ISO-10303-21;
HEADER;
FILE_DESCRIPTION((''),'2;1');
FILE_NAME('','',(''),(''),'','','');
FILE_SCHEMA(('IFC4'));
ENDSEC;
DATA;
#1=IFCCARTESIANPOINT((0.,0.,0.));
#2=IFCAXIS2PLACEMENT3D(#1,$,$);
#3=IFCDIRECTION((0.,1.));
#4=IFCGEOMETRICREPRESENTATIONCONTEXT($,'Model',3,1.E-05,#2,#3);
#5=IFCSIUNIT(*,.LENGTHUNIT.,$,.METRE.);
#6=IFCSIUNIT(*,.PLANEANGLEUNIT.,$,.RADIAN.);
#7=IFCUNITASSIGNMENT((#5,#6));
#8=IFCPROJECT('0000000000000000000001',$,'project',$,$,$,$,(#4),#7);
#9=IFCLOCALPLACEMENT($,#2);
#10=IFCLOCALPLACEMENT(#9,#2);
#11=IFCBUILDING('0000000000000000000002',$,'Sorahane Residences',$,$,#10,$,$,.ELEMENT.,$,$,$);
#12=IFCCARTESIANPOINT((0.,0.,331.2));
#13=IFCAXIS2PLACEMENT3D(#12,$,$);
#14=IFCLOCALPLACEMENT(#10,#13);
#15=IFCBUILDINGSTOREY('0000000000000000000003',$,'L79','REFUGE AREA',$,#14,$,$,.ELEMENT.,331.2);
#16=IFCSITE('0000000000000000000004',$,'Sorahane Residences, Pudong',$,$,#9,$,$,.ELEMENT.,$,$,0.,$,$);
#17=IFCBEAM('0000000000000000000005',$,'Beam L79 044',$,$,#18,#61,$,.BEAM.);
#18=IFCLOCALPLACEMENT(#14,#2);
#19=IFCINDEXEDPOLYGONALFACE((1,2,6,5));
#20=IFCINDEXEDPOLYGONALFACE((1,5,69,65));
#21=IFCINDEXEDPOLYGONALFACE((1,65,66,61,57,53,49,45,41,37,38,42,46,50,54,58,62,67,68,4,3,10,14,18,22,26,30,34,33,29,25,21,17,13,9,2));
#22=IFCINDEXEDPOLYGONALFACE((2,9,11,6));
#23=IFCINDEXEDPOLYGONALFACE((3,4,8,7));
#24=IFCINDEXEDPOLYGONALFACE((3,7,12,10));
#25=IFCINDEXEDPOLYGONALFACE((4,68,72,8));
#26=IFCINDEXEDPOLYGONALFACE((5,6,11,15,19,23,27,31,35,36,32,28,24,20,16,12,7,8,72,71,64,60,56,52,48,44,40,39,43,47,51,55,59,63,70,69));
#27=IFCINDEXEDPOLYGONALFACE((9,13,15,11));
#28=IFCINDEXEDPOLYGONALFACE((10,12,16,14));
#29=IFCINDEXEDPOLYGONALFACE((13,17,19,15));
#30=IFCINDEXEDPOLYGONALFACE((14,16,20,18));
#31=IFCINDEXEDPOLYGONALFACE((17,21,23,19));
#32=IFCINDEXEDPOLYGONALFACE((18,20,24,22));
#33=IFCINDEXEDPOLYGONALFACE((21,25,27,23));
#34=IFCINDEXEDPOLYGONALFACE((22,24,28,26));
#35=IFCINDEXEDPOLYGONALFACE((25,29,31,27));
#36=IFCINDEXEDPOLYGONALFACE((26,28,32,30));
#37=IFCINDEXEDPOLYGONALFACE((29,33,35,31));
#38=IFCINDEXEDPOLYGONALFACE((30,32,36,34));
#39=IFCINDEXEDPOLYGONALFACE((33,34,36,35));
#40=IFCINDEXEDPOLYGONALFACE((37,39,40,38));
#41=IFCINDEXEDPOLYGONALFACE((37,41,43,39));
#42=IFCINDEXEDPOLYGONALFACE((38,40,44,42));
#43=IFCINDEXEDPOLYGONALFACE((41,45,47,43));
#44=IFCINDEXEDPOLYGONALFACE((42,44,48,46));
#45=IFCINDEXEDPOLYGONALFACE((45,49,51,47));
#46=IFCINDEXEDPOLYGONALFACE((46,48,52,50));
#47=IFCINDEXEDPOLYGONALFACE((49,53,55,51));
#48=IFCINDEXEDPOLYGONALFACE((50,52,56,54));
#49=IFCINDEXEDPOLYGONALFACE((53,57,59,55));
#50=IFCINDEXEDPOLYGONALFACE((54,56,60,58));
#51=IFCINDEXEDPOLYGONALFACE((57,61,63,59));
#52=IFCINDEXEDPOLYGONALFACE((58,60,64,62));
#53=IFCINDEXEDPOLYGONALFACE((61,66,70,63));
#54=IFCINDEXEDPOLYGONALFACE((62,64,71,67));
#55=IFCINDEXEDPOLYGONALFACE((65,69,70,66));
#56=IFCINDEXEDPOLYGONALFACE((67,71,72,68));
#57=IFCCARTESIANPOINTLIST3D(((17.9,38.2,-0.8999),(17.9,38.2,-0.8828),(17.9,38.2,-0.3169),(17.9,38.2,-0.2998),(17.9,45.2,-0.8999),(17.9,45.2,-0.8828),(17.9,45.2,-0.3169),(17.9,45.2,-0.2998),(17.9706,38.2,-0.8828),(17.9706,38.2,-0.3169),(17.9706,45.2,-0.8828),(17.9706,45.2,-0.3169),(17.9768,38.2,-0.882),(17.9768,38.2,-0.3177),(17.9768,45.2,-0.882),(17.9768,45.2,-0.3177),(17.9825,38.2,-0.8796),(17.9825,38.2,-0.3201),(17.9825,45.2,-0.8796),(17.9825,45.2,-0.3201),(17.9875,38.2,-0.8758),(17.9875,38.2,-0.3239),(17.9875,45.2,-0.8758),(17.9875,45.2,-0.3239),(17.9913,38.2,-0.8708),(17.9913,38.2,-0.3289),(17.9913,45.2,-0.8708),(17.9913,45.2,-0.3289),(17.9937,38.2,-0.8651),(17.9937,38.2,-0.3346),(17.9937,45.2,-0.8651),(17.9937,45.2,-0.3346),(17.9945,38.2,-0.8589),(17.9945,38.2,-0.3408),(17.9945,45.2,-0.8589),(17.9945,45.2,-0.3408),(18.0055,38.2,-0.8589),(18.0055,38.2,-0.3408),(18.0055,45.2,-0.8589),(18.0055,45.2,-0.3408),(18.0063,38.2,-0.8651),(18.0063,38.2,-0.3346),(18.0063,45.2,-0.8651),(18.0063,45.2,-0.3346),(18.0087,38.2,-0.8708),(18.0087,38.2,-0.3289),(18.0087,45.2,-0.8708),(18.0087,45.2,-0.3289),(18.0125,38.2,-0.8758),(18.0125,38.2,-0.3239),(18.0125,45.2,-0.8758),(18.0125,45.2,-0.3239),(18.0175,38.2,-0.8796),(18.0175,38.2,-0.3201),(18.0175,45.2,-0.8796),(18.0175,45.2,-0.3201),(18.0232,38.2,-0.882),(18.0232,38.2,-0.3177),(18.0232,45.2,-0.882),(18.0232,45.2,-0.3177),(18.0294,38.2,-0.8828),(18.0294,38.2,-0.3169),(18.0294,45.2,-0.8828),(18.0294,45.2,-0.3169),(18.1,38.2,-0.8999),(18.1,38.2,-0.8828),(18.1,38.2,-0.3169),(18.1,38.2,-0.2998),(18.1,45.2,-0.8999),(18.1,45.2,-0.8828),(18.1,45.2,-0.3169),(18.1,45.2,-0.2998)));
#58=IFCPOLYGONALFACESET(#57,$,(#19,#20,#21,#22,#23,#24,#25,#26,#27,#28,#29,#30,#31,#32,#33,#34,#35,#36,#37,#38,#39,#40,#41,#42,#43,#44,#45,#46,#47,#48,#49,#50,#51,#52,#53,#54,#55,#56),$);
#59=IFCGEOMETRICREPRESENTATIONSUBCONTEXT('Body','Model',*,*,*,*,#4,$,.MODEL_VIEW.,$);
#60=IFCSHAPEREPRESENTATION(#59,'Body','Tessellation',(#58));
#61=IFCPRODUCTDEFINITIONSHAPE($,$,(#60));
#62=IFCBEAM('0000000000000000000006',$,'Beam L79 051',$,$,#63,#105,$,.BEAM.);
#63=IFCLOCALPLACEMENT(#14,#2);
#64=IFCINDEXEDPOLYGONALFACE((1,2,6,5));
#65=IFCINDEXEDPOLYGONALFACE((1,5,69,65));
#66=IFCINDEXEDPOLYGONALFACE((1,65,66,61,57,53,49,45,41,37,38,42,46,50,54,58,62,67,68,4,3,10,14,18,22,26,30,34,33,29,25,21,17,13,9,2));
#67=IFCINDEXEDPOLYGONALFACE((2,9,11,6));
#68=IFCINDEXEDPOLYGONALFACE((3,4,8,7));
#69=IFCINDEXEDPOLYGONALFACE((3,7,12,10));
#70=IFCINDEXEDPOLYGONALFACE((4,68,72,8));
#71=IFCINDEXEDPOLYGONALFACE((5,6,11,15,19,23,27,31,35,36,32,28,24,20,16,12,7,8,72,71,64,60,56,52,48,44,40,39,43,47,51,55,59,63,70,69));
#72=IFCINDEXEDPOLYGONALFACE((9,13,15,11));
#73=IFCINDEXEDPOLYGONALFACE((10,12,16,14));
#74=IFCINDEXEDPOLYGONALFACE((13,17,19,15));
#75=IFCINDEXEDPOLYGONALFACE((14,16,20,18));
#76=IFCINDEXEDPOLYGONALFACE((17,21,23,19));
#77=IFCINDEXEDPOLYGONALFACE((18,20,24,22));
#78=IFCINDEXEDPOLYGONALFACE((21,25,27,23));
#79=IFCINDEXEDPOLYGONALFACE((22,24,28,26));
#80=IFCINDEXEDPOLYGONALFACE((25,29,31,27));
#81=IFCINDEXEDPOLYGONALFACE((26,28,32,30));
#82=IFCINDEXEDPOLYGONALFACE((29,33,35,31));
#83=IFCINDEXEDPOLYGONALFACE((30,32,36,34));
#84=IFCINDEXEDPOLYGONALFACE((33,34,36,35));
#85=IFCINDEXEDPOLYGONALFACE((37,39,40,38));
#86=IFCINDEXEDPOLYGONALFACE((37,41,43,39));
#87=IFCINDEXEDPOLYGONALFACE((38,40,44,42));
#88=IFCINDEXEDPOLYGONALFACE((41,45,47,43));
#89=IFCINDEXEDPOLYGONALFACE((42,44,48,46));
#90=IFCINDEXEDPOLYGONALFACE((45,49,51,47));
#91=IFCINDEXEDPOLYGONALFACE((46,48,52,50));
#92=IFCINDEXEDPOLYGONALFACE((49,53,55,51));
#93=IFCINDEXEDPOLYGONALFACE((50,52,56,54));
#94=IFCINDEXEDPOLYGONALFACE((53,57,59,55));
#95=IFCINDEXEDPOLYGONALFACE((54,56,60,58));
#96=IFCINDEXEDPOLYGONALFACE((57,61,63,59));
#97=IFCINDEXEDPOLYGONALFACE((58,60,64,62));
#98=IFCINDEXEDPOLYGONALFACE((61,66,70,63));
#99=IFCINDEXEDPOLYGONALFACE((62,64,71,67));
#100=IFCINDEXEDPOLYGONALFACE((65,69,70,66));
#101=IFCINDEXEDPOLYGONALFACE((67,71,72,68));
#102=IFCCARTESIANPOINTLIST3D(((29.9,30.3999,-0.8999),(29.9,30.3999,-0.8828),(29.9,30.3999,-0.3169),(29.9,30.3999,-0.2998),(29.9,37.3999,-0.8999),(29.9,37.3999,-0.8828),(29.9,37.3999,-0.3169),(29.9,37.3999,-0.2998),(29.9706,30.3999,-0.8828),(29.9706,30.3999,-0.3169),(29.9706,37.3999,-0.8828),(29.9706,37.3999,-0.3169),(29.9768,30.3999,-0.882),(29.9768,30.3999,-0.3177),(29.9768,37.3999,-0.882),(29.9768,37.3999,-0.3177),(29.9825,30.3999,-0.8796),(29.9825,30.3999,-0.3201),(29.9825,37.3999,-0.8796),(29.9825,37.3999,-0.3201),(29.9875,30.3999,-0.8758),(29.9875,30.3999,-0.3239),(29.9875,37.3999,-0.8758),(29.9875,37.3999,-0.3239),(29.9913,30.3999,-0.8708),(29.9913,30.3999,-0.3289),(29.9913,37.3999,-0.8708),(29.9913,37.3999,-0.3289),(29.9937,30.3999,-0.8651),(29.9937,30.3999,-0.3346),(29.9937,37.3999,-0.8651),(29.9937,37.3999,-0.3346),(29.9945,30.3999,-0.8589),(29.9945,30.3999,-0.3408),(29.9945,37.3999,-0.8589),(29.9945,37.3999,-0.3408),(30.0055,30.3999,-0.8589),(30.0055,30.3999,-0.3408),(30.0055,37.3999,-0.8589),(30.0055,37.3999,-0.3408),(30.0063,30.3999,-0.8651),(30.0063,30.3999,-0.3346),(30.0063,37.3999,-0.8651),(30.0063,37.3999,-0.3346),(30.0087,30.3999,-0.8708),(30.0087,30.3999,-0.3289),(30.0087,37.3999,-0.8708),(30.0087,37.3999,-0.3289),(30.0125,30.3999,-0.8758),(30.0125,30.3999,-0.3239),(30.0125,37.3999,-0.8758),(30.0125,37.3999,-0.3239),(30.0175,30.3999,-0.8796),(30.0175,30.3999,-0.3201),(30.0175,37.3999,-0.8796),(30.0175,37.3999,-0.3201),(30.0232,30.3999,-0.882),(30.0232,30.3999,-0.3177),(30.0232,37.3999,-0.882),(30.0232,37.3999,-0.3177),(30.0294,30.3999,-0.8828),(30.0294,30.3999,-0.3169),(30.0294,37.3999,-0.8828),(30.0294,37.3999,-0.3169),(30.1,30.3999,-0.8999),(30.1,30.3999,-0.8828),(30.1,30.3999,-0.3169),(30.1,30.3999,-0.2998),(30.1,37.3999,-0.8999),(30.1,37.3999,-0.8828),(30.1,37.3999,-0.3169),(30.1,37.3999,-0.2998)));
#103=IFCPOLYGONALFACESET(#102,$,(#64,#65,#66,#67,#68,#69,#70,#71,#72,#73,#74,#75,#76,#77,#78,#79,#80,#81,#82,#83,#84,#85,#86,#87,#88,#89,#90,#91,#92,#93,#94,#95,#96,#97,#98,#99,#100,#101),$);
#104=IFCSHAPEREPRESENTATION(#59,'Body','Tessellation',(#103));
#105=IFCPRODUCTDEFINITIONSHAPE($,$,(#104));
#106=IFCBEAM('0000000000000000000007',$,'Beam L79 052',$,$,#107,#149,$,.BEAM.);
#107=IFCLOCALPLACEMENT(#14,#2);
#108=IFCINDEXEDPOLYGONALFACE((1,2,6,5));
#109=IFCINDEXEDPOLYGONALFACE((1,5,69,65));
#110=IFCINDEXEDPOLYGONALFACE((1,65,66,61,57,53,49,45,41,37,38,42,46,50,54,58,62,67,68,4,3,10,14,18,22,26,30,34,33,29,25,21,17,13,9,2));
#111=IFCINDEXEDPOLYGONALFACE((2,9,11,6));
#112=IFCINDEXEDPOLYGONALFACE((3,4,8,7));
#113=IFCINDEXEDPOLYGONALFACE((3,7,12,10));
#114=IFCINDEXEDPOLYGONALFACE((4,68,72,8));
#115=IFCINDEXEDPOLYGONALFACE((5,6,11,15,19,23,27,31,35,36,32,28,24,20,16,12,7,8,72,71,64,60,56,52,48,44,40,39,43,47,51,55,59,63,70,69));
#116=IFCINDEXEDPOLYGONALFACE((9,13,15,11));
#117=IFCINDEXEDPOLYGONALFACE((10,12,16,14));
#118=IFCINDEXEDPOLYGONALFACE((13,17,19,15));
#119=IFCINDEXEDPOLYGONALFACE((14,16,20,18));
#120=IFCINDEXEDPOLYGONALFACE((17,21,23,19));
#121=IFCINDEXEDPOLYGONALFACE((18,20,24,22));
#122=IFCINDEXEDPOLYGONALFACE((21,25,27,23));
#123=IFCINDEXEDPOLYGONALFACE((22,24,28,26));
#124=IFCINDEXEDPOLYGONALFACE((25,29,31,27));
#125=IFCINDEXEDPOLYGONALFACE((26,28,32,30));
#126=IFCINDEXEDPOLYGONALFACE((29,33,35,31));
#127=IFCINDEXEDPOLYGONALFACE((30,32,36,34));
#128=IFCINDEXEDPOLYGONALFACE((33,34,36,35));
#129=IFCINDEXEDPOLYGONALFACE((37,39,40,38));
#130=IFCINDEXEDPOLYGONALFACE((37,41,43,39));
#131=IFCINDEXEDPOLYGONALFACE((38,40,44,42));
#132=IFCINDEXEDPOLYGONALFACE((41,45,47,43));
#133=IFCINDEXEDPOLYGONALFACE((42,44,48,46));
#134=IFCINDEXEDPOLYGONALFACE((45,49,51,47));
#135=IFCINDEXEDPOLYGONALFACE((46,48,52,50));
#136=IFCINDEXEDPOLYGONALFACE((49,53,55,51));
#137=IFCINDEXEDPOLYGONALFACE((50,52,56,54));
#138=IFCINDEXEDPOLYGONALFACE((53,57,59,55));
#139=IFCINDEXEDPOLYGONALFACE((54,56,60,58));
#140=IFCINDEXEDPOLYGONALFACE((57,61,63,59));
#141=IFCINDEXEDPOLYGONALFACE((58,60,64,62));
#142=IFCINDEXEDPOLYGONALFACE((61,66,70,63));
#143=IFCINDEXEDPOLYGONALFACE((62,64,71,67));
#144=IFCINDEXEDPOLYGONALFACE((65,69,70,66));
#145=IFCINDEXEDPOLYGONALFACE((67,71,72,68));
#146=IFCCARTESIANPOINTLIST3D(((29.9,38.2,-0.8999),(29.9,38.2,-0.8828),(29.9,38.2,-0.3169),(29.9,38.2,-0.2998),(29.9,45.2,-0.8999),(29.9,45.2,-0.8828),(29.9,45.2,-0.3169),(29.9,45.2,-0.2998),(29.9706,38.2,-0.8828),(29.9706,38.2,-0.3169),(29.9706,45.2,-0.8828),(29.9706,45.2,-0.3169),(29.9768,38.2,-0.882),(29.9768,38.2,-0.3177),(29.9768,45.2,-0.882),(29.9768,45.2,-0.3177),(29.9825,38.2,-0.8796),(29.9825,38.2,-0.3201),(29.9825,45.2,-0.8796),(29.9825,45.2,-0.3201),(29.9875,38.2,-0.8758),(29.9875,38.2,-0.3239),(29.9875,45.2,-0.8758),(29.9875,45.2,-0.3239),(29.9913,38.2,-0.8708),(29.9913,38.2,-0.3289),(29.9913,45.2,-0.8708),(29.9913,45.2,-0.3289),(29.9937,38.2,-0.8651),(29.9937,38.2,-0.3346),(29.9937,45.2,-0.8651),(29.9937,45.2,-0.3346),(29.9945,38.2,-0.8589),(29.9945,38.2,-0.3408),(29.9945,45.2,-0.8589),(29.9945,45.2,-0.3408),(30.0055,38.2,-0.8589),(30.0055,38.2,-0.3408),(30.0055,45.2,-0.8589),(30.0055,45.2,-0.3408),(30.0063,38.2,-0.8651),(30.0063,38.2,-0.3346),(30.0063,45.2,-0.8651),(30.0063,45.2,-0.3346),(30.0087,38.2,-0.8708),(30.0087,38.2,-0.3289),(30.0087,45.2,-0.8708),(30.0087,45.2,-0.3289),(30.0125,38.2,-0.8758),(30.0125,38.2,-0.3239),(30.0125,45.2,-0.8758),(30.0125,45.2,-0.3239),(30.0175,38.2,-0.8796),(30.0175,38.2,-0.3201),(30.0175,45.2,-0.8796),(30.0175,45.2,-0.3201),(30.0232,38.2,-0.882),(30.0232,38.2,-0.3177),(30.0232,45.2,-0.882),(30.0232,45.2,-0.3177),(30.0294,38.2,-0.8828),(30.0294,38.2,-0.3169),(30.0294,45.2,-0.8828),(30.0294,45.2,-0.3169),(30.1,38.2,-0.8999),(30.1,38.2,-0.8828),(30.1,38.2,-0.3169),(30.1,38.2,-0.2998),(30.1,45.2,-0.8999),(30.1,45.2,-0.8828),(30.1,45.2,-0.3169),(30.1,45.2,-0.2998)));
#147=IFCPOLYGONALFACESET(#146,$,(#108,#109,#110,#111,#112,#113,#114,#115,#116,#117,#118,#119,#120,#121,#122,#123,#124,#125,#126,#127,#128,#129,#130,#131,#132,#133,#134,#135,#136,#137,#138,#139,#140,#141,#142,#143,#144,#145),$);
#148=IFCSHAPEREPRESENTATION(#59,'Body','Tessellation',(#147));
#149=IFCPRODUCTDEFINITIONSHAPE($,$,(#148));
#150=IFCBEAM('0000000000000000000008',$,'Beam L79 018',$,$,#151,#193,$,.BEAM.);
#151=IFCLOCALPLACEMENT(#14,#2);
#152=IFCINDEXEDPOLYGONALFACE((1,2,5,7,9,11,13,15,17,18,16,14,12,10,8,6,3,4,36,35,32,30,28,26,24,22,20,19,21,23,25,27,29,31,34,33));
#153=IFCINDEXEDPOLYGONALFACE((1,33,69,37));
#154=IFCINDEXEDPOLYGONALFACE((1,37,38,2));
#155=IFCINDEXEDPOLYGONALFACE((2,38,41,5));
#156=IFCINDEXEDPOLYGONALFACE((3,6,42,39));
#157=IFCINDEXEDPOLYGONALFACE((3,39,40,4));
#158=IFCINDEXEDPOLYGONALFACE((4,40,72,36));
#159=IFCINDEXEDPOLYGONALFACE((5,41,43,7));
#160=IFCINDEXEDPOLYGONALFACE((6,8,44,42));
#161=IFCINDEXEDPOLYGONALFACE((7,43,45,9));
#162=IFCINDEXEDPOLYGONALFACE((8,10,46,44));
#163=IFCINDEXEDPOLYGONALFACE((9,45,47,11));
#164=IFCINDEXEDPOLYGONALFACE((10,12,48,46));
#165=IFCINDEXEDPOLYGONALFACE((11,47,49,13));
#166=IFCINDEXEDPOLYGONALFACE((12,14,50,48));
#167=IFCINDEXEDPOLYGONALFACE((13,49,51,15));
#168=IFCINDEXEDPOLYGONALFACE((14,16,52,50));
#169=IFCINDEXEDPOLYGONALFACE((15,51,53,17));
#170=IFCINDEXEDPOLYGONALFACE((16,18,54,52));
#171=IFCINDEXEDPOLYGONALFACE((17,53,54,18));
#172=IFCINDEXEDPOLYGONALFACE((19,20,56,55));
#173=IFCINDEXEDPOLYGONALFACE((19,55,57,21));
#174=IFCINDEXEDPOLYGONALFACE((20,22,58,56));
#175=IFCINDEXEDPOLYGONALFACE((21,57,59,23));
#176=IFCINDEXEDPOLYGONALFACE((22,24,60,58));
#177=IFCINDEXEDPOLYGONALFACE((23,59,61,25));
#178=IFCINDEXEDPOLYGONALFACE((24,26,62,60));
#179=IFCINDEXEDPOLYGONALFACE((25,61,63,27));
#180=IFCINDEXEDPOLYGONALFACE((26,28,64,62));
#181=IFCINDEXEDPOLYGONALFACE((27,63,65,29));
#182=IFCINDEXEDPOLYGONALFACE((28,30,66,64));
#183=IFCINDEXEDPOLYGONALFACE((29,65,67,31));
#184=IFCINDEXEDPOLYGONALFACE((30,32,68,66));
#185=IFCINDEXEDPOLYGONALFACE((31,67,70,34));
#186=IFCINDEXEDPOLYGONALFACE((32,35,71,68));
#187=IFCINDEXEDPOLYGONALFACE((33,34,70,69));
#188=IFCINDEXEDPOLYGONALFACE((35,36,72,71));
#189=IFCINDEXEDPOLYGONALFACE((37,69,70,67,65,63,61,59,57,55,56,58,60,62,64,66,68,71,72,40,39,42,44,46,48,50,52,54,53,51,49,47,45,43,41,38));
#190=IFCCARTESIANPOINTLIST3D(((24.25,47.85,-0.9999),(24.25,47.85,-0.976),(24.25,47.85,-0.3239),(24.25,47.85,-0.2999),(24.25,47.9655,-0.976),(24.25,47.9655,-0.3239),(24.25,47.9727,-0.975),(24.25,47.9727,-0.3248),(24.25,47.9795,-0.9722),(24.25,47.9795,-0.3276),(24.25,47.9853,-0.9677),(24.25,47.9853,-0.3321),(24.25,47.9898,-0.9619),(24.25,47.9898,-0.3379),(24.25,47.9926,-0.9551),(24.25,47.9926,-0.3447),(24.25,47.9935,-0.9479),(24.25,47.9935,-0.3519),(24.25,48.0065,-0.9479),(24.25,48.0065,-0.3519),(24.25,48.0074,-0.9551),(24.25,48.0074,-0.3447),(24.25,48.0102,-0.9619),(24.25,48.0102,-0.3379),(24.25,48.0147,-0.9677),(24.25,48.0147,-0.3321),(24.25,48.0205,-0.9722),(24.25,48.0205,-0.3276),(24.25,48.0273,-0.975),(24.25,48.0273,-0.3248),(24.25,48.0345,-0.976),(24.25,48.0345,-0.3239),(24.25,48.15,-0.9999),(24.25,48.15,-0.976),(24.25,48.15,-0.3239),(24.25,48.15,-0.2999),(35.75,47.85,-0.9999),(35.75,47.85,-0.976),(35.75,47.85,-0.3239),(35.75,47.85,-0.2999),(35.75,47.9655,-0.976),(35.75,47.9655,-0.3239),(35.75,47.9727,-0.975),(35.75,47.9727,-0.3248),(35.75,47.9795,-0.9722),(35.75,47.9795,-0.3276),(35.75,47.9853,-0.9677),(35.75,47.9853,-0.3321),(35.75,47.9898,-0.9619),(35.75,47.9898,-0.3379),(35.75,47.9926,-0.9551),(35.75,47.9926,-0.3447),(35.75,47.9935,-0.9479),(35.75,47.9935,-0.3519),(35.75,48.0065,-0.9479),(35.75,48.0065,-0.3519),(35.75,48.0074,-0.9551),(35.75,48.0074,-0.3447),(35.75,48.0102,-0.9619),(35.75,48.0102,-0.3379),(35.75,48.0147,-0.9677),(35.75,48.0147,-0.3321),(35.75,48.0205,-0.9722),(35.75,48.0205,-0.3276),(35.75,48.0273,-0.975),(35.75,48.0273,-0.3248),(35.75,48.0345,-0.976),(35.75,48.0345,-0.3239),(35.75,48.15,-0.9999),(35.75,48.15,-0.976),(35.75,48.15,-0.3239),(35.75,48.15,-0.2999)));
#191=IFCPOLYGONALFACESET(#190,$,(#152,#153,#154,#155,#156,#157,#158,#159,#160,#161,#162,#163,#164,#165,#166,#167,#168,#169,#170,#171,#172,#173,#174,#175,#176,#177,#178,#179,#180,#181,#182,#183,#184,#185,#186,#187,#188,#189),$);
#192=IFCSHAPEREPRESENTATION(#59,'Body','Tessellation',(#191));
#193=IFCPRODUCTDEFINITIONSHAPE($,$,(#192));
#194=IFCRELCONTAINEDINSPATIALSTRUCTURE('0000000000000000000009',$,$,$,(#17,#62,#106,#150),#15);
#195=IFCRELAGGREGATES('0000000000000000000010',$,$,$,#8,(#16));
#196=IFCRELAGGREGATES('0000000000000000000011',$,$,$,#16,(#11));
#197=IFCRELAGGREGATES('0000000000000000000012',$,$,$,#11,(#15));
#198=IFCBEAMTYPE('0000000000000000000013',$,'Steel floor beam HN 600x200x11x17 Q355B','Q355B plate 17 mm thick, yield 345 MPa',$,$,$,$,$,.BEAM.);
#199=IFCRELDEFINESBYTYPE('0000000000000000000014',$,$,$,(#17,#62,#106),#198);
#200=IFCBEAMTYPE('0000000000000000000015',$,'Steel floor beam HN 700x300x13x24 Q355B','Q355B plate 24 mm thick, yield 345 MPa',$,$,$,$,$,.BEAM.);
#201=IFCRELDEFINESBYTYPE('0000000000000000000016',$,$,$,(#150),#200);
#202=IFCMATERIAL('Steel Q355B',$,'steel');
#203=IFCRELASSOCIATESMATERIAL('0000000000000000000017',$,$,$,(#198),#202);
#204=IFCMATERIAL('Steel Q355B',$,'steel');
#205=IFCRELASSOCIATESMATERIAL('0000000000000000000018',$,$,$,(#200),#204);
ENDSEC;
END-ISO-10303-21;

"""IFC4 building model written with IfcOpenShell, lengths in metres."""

from ifc_helpers import new_model, si_unit, direction, frame, origin, origin_2d, place, context, subcontext, project, spatial, i_section, extrude, material, material_profile, profile_set, type_object, element, save


model = new_model("IFC4")

# Units and contexts
model_context = context("Model", 3, precision=1e-05, world=origin(), true_north=direction((0.0, 1.0)))
body_context = subcontext(model_context, "Body", "Model", "MODEL_VIEW")
ifc_project = project(units=[si_unit("LENGTHUNIT", "METRE"), si_unit("PLANEANGLEUNIT", "RADIAN")], contexts=[model_context])

# Site, building, storey
site_placement = place(None, origin())
site = spatial("IfcSite", under=ifc_project, at=site_placement, Name="Sorahane Residences, Pudong", CompositionType="ELEMENT", RefElevation=0.0)
building_placement = place(site_placement, origin())
building = spatial("IfcBuilding", under=site, at=building_placement, Name="Sorahane Residences", CompositionType="ELEMENT")
storey_placement = place(building_placement, frame((0.0, 0.0, 331.2)))
storey = spatial("IfcBuildingStorey", under=building, at=storey_placement, Name="L79", Description="REFUGE AREA", CompositionType="ELEMENT", Elevation=331.2)

# Beams
ifc_material_1 = material(Name="Steel Q355B", Category="steel")
ifc_material_profile_1 = material_profile(ifc_material_1, i_section(OverallWidth=0.2, OverallDepth=0.6001, WebThickness=0.011, FlangeThickness=0.0171, FilletRadius=0.0239, at=origin_2d()), Name="HN 600x200x11x17")
ifc_profile_set_1 = profile_set([ifc_material_profile_1], Name="Steel Q355B")
beam_type_1 = type_object("IfcBeamType", Name="Steel floor beam HN 600x200x11x17 Q355B", Description="Q355B plate 17 mm thick, yield 345 MPa", PredefinedType="BEAM", material=ifc_profile_set_1)
for number, where, z_axis, x_axis, name in (
    (1, (18.0, 38.2, -0.5999), (0.0, 1.0, 0.0), (-1.0, 0.0, 0.0), "Beam L79 044"),
    (2, (30.0, 30.3999, -0.5999), (0.0, 1.0, 0.0), (-1.0, 0.0, 0.0), "Beam L79 051"),
    (3, (30.0, 38.2, -0.5999), (0.0, 1.0, 0.0), (-1.0, 0.0, 0.0), "Beam L79 052"),
):
    element("IfcBeam", number, at=place(storey_placement, frame(where, z_axis=z_axis, x_axis=x_axis)), inside=storey, type_object=beam_type_1, Name=name, PredefinedType="BEAM", context=body_context, shape_type="SweptSolid", body=[
        extrude(i_section(OverallWidth=0.2, OverallDepth=0.6001, WebThickness=0.011, FlangeThickness=0.0171, FilletRadius=0.0239, at=origin_2d()), origin(), (0.0, 0.0, 1.0), 7.0),
    ])
ifc_material_2 = material(Name="Steel Q355B", Category="steel")
ifc_material_profile_2 = material_profile(ifc_material_2, i_section(OverallWidth=0.3, OverallDepth=0.7, WebThickness=0.0129, FlangeThickness=0.0239, FilletRadius=0.0281, at=origin_2d()), Name="HN 700x300x13x24")
ifc_profile_set_2 = profile_set([ifc_material_profile_2], Name="Steel Q355B")
beam_type_2 = type_object("IfcBeamType", Name="Steel floor beam HN 700x300x13x24 Q355B", Description="Q355B plate 24 mm thick, yield 345 MPa", PredefinedType="BEAM", material=ifc_profile_set_2)
beam_1_placement = place(storey_placement, frame((24.25, 48.0, -0.6499), z_axis=(1.0, 0.0, 0.0), x_axis=(0.0, 1.0, 0.0)))
element("IfcBeam", 4, at=beam_1_placement, inside=storey, type_object=beam_type_2, Name="Beam L79 018", PredefinedType="BEAM", context=body_context, shape_type="SweptSolid", body=[
    extrude(i_section(OverallWidth=0.3, OverallDepth=0.7, WebThickness=0.0129, FlangeThickness=0.0239, FilletRadius=0.0281, at=origin_2d()), origin(), (0.0, 0.0, 1.0), 11.5),
])

save(model, "model.ifc")
